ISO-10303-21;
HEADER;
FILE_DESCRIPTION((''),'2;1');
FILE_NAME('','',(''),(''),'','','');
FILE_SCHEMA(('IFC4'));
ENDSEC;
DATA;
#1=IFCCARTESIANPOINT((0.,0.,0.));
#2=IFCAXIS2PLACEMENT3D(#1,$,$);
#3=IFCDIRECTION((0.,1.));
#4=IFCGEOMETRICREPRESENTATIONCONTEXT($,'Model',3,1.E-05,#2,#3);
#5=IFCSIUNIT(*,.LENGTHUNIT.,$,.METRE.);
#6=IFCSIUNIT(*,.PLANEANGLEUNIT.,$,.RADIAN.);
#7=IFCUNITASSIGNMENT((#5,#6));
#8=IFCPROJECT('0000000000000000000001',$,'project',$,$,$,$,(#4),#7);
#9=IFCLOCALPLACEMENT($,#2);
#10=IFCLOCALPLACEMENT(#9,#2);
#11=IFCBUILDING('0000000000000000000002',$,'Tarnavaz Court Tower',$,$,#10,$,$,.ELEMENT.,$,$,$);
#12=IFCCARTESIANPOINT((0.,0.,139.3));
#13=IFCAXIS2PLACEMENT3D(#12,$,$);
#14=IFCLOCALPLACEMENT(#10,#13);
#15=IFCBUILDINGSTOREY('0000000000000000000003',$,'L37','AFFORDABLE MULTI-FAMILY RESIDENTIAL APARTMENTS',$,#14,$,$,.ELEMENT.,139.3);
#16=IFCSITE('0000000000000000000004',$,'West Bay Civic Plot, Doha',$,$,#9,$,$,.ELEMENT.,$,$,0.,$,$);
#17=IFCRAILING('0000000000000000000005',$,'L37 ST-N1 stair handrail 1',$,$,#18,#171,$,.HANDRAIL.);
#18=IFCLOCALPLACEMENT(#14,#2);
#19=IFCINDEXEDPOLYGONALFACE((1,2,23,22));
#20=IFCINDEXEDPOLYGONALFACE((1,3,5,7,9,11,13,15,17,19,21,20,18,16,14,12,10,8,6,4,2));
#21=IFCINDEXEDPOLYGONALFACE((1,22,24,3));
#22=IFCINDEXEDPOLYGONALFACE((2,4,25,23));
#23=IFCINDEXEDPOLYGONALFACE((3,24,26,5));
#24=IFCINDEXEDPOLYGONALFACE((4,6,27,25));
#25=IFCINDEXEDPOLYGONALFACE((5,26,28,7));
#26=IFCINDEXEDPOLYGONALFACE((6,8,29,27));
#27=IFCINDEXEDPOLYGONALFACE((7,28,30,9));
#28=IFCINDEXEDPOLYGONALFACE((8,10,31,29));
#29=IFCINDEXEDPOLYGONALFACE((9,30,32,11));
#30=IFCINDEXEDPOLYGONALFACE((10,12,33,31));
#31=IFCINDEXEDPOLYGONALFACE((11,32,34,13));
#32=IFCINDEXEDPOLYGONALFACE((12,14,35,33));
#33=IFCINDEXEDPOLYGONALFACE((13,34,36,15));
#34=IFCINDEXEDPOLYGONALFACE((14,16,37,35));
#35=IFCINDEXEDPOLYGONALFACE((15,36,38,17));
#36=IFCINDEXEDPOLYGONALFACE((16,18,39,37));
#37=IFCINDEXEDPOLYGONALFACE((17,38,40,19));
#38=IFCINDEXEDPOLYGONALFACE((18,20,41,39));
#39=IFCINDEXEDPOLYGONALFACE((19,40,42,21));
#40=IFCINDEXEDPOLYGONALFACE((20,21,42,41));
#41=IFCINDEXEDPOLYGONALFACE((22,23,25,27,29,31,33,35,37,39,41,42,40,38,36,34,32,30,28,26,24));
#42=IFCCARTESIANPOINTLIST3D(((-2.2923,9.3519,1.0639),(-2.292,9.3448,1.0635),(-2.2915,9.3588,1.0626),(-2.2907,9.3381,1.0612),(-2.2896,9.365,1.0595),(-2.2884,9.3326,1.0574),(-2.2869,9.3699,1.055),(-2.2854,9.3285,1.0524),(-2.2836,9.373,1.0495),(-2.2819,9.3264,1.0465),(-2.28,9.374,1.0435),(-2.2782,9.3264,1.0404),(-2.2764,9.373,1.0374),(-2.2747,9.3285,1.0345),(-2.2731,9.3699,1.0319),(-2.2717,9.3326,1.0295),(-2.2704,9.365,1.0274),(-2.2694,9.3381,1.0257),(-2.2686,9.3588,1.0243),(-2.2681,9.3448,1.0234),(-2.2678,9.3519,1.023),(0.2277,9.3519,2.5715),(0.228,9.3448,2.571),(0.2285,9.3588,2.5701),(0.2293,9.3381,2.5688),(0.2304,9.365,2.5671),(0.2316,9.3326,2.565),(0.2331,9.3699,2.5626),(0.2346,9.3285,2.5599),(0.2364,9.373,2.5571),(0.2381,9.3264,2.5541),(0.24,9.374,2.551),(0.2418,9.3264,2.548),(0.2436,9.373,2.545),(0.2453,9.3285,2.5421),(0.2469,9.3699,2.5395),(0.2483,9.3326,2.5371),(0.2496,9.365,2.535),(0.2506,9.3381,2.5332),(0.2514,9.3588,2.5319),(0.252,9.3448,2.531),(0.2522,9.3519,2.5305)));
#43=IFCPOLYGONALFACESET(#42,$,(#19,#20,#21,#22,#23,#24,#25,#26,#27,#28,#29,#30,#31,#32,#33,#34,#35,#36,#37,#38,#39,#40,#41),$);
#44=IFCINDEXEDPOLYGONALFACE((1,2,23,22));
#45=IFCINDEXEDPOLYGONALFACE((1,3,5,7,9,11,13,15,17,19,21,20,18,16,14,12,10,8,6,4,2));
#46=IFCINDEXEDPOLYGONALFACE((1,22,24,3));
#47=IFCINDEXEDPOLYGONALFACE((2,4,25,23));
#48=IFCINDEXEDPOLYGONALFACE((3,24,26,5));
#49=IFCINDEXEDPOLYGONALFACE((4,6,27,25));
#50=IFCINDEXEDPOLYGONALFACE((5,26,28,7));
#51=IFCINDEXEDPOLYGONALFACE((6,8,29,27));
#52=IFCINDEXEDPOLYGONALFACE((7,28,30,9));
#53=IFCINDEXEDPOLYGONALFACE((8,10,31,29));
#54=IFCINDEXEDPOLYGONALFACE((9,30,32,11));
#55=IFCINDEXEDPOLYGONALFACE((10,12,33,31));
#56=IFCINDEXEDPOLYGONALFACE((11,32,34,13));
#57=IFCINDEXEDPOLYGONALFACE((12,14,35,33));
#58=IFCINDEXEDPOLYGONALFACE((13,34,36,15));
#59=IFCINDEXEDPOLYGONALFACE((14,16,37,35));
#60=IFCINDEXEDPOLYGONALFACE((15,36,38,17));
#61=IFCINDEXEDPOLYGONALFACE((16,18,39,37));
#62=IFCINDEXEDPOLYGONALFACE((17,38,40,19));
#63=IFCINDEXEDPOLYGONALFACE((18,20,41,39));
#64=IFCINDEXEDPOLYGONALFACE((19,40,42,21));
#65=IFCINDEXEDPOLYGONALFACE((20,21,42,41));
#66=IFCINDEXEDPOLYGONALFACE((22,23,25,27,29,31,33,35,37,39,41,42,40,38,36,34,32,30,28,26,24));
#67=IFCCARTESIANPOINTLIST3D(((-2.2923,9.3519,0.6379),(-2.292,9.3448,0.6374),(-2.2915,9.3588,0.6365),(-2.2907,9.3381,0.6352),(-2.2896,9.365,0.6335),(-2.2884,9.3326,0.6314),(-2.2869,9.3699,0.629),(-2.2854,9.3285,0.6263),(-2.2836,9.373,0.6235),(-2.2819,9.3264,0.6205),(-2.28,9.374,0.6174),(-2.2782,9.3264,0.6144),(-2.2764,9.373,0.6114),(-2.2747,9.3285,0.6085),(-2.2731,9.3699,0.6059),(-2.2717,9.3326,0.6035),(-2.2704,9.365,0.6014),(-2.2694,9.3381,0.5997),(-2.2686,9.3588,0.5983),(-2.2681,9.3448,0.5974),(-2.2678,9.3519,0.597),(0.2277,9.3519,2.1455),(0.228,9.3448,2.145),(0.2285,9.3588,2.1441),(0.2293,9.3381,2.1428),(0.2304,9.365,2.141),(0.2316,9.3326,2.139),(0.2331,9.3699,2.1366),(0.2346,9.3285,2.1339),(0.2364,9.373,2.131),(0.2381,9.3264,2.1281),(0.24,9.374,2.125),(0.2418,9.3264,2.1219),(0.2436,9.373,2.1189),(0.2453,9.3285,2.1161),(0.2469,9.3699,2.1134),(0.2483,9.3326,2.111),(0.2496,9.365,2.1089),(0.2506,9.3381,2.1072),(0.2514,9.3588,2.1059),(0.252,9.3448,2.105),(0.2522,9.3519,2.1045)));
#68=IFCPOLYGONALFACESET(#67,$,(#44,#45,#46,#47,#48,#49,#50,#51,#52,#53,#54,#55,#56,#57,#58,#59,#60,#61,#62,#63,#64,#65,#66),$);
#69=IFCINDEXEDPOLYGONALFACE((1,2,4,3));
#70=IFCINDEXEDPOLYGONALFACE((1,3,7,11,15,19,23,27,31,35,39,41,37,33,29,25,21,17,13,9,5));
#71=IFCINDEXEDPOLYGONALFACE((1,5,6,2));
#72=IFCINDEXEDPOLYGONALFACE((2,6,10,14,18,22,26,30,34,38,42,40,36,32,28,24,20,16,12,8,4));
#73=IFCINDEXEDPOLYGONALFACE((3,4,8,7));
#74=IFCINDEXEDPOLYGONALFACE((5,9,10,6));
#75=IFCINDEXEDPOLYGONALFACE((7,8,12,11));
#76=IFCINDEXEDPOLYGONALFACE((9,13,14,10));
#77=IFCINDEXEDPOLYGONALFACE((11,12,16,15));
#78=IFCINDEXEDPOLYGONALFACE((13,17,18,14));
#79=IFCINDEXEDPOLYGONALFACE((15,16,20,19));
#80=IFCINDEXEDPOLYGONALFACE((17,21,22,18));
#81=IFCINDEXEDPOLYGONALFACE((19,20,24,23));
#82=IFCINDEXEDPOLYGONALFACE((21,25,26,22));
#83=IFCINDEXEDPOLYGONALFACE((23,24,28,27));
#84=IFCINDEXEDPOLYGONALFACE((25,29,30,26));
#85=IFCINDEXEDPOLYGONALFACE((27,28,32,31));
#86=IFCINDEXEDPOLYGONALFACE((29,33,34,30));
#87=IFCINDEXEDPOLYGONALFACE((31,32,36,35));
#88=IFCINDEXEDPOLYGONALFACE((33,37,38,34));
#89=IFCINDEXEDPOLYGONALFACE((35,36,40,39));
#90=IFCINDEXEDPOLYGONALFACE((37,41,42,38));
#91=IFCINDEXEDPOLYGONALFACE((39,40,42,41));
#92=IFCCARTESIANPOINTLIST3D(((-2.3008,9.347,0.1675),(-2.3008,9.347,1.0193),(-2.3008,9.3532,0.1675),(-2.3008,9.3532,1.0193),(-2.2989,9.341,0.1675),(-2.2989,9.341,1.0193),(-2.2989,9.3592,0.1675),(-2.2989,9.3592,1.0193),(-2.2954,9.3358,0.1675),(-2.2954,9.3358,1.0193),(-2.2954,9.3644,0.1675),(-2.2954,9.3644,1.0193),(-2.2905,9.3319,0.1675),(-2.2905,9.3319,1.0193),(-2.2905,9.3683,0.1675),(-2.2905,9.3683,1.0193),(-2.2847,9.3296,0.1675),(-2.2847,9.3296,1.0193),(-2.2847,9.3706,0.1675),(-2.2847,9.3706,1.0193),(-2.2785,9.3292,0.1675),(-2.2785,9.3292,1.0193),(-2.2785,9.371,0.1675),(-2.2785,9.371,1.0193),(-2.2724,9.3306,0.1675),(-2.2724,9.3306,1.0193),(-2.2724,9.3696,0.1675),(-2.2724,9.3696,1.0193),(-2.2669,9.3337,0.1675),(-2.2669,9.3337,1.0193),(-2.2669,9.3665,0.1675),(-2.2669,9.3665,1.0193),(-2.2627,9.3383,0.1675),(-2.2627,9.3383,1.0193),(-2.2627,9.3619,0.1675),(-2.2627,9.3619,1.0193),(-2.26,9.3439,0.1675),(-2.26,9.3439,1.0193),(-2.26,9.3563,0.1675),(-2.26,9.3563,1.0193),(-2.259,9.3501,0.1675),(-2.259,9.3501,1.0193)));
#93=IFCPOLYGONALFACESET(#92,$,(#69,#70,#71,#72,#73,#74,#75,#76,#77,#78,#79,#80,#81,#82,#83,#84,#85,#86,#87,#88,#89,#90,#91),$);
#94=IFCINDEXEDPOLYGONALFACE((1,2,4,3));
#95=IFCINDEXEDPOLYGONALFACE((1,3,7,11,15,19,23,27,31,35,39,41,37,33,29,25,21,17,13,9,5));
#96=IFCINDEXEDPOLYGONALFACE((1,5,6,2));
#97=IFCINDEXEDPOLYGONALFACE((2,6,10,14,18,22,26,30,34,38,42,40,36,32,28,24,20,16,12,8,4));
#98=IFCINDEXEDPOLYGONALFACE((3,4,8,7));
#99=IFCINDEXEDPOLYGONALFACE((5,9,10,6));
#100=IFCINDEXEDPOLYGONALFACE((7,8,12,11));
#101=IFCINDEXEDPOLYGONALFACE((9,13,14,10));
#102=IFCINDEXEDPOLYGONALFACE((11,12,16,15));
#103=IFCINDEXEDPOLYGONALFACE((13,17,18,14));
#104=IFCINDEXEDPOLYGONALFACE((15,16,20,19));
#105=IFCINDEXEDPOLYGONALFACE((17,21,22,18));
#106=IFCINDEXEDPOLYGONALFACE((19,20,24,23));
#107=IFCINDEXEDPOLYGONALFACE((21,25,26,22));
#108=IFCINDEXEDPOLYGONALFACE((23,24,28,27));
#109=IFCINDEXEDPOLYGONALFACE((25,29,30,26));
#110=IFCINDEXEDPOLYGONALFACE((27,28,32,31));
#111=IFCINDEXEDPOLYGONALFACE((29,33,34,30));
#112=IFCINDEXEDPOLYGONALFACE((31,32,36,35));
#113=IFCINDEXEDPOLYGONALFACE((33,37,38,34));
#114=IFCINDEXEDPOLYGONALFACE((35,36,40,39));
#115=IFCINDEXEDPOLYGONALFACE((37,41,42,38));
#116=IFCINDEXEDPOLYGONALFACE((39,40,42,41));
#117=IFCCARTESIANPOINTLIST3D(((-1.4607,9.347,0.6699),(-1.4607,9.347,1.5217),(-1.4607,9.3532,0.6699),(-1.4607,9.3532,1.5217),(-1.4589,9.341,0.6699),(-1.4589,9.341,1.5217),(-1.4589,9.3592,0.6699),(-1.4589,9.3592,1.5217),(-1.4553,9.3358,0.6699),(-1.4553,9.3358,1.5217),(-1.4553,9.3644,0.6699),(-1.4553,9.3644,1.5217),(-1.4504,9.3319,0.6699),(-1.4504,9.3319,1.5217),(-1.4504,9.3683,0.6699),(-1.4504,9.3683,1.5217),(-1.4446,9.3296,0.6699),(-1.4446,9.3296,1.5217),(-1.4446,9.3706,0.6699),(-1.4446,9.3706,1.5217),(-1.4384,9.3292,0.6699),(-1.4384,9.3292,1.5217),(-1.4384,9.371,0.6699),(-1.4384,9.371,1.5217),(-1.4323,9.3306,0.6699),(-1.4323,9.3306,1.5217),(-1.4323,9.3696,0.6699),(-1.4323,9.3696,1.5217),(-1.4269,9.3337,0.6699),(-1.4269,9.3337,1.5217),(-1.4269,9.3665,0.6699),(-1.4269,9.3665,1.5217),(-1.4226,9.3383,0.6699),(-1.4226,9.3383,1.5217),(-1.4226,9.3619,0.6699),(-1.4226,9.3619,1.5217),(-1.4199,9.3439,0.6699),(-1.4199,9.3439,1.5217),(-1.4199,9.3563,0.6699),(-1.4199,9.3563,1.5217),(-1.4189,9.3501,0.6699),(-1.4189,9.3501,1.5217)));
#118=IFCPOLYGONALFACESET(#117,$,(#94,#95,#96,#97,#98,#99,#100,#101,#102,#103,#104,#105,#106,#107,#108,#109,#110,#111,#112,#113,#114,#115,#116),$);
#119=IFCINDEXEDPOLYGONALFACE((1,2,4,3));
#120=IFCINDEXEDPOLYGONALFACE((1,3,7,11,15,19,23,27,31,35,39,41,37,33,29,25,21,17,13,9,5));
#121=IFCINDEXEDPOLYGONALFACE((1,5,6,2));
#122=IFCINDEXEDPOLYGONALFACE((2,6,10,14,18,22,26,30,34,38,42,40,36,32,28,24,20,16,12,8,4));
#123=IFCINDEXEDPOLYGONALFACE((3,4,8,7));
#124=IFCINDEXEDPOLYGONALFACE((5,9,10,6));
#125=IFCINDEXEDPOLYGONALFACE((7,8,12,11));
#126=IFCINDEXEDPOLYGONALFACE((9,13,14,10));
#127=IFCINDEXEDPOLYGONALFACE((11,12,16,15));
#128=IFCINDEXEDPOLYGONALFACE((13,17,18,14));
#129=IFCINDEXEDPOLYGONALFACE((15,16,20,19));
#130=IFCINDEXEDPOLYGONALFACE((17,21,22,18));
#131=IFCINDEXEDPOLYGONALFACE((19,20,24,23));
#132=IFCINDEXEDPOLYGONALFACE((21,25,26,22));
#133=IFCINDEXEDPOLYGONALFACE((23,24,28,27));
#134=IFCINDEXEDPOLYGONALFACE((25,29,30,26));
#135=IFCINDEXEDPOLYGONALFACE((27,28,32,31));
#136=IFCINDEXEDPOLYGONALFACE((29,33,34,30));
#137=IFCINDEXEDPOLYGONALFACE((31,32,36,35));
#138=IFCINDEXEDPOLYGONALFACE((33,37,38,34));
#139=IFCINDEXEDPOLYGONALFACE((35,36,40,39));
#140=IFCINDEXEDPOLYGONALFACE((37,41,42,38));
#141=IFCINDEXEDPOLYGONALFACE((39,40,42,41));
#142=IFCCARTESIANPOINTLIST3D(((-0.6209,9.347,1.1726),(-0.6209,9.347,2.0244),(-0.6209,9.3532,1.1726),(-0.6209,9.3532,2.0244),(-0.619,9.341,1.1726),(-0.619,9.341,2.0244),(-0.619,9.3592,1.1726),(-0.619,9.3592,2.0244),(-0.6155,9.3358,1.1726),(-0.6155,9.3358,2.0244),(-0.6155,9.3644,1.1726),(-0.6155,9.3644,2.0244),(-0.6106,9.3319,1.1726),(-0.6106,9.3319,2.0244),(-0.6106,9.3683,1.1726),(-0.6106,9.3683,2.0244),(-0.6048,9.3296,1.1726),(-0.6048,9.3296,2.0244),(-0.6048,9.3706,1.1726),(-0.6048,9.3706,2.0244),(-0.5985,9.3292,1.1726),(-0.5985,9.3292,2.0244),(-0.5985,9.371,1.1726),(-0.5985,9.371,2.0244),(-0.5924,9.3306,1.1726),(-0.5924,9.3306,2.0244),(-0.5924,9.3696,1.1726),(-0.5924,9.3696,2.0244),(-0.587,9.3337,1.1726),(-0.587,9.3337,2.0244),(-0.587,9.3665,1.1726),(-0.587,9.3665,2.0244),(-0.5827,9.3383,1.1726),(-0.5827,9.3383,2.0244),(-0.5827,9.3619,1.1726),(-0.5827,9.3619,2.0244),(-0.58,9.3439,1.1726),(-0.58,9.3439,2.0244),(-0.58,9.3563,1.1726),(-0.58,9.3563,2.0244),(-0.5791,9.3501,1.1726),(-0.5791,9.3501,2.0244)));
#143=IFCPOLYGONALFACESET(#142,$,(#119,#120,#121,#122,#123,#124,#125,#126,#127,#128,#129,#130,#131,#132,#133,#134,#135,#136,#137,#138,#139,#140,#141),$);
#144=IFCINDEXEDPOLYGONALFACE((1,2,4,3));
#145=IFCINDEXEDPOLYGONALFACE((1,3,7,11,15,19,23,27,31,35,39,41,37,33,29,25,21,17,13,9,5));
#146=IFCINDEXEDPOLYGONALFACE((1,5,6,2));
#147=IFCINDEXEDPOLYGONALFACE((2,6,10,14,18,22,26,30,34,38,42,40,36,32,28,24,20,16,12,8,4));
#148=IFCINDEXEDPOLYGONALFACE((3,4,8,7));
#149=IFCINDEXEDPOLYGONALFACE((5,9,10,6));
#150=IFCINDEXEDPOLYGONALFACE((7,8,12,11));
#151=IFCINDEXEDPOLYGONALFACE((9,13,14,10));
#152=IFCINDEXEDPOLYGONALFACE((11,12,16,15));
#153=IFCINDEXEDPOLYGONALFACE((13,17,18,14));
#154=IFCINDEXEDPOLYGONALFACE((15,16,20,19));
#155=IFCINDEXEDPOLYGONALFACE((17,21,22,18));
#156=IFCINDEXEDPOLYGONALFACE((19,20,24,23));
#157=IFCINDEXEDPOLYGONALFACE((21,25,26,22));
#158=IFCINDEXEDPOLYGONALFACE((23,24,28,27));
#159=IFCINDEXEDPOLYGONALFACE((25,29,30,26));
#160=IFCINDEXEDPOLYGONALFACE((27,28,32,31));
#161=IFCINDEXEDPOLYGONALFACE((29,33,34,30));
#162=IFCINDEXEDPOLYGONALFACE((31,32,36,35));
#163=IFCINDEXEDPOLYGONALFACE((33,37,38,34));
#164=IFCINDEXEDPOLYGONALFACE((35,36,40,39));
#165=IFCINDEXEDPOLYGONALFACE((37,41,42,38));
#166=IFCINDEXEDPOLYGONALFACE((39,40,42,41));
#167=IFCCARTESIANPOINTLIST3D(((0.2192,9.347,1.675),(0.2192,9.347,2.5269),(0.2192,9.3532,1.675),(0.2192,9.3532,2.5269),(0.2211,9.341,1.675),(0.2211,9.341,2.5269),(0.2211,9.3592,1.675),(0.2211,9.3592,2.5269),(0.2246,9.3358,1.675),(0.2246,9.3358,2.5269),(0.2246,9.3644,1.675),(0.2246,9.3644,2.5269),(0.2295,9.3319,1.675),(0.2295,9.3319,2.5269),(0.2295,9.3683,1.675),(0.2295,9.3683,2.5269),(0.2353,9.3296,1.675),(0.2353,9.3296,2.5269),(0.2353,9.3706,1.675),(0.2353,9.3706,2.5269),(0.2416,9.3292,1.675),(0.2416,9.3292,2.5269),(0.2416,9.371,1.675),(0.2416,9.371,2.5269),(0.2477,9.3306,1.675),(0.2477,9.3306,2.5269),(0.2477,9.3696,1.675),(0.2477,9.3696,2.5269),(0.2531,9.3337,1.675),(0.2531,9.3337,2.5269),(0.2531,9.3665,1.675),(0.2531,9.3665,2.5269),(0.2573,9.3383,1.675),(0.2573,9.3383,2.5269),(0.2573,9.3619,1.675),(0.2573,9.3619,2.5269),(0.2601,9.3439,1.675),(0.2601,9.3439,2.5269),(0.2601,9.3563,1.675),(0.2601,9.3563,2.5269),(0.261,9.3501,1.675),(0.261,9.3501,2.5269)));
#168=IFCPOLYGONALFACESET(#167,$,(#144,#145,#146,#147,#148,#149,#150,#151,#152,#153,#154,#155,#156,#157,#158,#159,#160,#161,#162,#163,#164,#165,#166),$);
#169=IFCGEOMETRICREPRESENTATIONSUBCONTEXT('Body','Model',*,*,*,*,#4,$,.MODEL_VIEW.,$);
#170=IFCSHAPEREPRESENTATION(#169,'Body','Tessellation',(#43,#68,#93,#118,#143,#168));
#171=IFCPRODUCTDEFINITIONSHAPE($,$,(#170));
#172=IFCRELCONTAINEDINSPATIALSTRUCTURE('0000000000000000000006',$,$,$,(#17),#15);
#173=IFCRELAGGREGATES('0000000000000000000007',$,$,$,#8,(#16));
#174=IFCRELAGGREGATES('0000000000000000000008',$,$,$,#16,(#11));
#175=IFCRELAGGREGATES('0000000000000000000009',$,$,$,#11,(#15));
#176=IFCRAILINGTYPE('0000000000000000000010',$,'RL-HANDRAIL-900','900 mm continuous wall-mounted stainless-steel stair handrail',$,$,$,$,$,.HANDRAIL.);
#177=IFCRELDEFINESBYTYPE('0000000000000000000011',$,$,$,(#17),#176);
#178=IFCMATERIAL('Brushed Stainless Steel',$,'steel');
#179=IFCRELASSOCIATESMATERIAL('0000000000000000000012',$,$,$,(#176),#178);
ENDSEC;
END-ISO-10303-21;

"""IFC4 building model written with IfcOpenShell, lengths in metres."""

from ifc_helpers import new_model, si_unit, direction, frame, origin, origin_2d, place, context, subcontext, project, spatial, circle, extrude, material, type_object, element, save


model = new_model("IFC4")

# Units and contexts
model_context = context("Model", 3, precision=1e-05, world=origin(), true_north=direction((0.0, 1.0)))
body_context = subcontext(model_context, "Body", "Model", "MODEL_VIEW")
ifc_project = project(units=[si_unit("LENGTHUNIT", "METRE"), si_unit("PLANEANGLEUNIT", "RADIAN")], contexts=[model_context])

# Site, building, storey
site_placement = place(None, origin())
site = spatial("IfcSite", under=ifc_project, at=site_placement, Name="West Bay Civic Plot, Doha", CompositionType="ELEMENT", RefElevation=0.0)
building_placement = place(site_placement, origin())
building = spatial("IfcBuilding", under=site, at=building_placement, Name="Tarnavaz Court Tower", CompositionType="ELEMENT")
storey_placement = place(building_placement, frame((0.0, 0.0, 139.3)))
storey = spatial("IfcBuildingStorey", under=building, at=storey_placement, Name="L37", Description="AFFORDABLE MULTI-FAMILY RESIDENTIAL APARTMENTS", CompositionType="ELEMENT", Elevation=139.3)

# Railing
ifc_material_1 = material(Name="Brushed Stainless Steel", Category="steel")
railing_type_1 = type_object("IfcRailingType", Name="RL-HANDRAIL-900", Description="900 mm continuous wall-mounted stainless-steel stair handrail", PredefinedType="HANDRAIL", material=ifc_material_1)
railing_1_placement = place(storey_placement, frame((-2.28, 9.3501, 0.1675)))
element("IfcRailing", 1, at=railing_1_placement, inside=storey, type_object=railing_type_1, Name="L37 ST-N1 stair handrail 1", PredefinedType="HANDRAIL", context=body_context, shape_type="SweptSolid", body=[
    extrude(circle(Radius=0.0239, at=origin_2d()), frame((0.0, 0.0, 0.876), z_axis=(0.85816, 0.0, 0.513383), x_axis=(0.0, 1.0, 0.0)), (0.0, 0.0, 1.0), 2.9365),
    extrude(circle(Radius=0.0239, at=origin_2d()), frame((0.0, 0.0, 0.45), z_axis=(0.85816, 0.0, 0.513383), x_axis=(0.0, 1.0, 0.0)), (0.0, 0.0, 1.0), 2.9365),
    extrude(circle(Radius=0.021, at=origin_2d()), origin(), (0.0, 0.0, 1.0), 0.8518),
    extrude(circle(Radius=0.021, at=origin_2d()), frame((0.8401, 0.0, 0.5024)), (0.0, 0.0, 1.0), 0.8518),
    extrude(circle(Radius=0.021, at=origin_2d()), frame((1.6799, 0.0, 1.0051)), (0.0, 0.0, 1.0), 0.8518),
    extrude(circle(Radius=0.021, at=origin_2d()), frame((2.52, 0.0, 1.5076)), (0.0, 0.0, 1.0), 0.8518),
])

save(model, "model.ifc")
